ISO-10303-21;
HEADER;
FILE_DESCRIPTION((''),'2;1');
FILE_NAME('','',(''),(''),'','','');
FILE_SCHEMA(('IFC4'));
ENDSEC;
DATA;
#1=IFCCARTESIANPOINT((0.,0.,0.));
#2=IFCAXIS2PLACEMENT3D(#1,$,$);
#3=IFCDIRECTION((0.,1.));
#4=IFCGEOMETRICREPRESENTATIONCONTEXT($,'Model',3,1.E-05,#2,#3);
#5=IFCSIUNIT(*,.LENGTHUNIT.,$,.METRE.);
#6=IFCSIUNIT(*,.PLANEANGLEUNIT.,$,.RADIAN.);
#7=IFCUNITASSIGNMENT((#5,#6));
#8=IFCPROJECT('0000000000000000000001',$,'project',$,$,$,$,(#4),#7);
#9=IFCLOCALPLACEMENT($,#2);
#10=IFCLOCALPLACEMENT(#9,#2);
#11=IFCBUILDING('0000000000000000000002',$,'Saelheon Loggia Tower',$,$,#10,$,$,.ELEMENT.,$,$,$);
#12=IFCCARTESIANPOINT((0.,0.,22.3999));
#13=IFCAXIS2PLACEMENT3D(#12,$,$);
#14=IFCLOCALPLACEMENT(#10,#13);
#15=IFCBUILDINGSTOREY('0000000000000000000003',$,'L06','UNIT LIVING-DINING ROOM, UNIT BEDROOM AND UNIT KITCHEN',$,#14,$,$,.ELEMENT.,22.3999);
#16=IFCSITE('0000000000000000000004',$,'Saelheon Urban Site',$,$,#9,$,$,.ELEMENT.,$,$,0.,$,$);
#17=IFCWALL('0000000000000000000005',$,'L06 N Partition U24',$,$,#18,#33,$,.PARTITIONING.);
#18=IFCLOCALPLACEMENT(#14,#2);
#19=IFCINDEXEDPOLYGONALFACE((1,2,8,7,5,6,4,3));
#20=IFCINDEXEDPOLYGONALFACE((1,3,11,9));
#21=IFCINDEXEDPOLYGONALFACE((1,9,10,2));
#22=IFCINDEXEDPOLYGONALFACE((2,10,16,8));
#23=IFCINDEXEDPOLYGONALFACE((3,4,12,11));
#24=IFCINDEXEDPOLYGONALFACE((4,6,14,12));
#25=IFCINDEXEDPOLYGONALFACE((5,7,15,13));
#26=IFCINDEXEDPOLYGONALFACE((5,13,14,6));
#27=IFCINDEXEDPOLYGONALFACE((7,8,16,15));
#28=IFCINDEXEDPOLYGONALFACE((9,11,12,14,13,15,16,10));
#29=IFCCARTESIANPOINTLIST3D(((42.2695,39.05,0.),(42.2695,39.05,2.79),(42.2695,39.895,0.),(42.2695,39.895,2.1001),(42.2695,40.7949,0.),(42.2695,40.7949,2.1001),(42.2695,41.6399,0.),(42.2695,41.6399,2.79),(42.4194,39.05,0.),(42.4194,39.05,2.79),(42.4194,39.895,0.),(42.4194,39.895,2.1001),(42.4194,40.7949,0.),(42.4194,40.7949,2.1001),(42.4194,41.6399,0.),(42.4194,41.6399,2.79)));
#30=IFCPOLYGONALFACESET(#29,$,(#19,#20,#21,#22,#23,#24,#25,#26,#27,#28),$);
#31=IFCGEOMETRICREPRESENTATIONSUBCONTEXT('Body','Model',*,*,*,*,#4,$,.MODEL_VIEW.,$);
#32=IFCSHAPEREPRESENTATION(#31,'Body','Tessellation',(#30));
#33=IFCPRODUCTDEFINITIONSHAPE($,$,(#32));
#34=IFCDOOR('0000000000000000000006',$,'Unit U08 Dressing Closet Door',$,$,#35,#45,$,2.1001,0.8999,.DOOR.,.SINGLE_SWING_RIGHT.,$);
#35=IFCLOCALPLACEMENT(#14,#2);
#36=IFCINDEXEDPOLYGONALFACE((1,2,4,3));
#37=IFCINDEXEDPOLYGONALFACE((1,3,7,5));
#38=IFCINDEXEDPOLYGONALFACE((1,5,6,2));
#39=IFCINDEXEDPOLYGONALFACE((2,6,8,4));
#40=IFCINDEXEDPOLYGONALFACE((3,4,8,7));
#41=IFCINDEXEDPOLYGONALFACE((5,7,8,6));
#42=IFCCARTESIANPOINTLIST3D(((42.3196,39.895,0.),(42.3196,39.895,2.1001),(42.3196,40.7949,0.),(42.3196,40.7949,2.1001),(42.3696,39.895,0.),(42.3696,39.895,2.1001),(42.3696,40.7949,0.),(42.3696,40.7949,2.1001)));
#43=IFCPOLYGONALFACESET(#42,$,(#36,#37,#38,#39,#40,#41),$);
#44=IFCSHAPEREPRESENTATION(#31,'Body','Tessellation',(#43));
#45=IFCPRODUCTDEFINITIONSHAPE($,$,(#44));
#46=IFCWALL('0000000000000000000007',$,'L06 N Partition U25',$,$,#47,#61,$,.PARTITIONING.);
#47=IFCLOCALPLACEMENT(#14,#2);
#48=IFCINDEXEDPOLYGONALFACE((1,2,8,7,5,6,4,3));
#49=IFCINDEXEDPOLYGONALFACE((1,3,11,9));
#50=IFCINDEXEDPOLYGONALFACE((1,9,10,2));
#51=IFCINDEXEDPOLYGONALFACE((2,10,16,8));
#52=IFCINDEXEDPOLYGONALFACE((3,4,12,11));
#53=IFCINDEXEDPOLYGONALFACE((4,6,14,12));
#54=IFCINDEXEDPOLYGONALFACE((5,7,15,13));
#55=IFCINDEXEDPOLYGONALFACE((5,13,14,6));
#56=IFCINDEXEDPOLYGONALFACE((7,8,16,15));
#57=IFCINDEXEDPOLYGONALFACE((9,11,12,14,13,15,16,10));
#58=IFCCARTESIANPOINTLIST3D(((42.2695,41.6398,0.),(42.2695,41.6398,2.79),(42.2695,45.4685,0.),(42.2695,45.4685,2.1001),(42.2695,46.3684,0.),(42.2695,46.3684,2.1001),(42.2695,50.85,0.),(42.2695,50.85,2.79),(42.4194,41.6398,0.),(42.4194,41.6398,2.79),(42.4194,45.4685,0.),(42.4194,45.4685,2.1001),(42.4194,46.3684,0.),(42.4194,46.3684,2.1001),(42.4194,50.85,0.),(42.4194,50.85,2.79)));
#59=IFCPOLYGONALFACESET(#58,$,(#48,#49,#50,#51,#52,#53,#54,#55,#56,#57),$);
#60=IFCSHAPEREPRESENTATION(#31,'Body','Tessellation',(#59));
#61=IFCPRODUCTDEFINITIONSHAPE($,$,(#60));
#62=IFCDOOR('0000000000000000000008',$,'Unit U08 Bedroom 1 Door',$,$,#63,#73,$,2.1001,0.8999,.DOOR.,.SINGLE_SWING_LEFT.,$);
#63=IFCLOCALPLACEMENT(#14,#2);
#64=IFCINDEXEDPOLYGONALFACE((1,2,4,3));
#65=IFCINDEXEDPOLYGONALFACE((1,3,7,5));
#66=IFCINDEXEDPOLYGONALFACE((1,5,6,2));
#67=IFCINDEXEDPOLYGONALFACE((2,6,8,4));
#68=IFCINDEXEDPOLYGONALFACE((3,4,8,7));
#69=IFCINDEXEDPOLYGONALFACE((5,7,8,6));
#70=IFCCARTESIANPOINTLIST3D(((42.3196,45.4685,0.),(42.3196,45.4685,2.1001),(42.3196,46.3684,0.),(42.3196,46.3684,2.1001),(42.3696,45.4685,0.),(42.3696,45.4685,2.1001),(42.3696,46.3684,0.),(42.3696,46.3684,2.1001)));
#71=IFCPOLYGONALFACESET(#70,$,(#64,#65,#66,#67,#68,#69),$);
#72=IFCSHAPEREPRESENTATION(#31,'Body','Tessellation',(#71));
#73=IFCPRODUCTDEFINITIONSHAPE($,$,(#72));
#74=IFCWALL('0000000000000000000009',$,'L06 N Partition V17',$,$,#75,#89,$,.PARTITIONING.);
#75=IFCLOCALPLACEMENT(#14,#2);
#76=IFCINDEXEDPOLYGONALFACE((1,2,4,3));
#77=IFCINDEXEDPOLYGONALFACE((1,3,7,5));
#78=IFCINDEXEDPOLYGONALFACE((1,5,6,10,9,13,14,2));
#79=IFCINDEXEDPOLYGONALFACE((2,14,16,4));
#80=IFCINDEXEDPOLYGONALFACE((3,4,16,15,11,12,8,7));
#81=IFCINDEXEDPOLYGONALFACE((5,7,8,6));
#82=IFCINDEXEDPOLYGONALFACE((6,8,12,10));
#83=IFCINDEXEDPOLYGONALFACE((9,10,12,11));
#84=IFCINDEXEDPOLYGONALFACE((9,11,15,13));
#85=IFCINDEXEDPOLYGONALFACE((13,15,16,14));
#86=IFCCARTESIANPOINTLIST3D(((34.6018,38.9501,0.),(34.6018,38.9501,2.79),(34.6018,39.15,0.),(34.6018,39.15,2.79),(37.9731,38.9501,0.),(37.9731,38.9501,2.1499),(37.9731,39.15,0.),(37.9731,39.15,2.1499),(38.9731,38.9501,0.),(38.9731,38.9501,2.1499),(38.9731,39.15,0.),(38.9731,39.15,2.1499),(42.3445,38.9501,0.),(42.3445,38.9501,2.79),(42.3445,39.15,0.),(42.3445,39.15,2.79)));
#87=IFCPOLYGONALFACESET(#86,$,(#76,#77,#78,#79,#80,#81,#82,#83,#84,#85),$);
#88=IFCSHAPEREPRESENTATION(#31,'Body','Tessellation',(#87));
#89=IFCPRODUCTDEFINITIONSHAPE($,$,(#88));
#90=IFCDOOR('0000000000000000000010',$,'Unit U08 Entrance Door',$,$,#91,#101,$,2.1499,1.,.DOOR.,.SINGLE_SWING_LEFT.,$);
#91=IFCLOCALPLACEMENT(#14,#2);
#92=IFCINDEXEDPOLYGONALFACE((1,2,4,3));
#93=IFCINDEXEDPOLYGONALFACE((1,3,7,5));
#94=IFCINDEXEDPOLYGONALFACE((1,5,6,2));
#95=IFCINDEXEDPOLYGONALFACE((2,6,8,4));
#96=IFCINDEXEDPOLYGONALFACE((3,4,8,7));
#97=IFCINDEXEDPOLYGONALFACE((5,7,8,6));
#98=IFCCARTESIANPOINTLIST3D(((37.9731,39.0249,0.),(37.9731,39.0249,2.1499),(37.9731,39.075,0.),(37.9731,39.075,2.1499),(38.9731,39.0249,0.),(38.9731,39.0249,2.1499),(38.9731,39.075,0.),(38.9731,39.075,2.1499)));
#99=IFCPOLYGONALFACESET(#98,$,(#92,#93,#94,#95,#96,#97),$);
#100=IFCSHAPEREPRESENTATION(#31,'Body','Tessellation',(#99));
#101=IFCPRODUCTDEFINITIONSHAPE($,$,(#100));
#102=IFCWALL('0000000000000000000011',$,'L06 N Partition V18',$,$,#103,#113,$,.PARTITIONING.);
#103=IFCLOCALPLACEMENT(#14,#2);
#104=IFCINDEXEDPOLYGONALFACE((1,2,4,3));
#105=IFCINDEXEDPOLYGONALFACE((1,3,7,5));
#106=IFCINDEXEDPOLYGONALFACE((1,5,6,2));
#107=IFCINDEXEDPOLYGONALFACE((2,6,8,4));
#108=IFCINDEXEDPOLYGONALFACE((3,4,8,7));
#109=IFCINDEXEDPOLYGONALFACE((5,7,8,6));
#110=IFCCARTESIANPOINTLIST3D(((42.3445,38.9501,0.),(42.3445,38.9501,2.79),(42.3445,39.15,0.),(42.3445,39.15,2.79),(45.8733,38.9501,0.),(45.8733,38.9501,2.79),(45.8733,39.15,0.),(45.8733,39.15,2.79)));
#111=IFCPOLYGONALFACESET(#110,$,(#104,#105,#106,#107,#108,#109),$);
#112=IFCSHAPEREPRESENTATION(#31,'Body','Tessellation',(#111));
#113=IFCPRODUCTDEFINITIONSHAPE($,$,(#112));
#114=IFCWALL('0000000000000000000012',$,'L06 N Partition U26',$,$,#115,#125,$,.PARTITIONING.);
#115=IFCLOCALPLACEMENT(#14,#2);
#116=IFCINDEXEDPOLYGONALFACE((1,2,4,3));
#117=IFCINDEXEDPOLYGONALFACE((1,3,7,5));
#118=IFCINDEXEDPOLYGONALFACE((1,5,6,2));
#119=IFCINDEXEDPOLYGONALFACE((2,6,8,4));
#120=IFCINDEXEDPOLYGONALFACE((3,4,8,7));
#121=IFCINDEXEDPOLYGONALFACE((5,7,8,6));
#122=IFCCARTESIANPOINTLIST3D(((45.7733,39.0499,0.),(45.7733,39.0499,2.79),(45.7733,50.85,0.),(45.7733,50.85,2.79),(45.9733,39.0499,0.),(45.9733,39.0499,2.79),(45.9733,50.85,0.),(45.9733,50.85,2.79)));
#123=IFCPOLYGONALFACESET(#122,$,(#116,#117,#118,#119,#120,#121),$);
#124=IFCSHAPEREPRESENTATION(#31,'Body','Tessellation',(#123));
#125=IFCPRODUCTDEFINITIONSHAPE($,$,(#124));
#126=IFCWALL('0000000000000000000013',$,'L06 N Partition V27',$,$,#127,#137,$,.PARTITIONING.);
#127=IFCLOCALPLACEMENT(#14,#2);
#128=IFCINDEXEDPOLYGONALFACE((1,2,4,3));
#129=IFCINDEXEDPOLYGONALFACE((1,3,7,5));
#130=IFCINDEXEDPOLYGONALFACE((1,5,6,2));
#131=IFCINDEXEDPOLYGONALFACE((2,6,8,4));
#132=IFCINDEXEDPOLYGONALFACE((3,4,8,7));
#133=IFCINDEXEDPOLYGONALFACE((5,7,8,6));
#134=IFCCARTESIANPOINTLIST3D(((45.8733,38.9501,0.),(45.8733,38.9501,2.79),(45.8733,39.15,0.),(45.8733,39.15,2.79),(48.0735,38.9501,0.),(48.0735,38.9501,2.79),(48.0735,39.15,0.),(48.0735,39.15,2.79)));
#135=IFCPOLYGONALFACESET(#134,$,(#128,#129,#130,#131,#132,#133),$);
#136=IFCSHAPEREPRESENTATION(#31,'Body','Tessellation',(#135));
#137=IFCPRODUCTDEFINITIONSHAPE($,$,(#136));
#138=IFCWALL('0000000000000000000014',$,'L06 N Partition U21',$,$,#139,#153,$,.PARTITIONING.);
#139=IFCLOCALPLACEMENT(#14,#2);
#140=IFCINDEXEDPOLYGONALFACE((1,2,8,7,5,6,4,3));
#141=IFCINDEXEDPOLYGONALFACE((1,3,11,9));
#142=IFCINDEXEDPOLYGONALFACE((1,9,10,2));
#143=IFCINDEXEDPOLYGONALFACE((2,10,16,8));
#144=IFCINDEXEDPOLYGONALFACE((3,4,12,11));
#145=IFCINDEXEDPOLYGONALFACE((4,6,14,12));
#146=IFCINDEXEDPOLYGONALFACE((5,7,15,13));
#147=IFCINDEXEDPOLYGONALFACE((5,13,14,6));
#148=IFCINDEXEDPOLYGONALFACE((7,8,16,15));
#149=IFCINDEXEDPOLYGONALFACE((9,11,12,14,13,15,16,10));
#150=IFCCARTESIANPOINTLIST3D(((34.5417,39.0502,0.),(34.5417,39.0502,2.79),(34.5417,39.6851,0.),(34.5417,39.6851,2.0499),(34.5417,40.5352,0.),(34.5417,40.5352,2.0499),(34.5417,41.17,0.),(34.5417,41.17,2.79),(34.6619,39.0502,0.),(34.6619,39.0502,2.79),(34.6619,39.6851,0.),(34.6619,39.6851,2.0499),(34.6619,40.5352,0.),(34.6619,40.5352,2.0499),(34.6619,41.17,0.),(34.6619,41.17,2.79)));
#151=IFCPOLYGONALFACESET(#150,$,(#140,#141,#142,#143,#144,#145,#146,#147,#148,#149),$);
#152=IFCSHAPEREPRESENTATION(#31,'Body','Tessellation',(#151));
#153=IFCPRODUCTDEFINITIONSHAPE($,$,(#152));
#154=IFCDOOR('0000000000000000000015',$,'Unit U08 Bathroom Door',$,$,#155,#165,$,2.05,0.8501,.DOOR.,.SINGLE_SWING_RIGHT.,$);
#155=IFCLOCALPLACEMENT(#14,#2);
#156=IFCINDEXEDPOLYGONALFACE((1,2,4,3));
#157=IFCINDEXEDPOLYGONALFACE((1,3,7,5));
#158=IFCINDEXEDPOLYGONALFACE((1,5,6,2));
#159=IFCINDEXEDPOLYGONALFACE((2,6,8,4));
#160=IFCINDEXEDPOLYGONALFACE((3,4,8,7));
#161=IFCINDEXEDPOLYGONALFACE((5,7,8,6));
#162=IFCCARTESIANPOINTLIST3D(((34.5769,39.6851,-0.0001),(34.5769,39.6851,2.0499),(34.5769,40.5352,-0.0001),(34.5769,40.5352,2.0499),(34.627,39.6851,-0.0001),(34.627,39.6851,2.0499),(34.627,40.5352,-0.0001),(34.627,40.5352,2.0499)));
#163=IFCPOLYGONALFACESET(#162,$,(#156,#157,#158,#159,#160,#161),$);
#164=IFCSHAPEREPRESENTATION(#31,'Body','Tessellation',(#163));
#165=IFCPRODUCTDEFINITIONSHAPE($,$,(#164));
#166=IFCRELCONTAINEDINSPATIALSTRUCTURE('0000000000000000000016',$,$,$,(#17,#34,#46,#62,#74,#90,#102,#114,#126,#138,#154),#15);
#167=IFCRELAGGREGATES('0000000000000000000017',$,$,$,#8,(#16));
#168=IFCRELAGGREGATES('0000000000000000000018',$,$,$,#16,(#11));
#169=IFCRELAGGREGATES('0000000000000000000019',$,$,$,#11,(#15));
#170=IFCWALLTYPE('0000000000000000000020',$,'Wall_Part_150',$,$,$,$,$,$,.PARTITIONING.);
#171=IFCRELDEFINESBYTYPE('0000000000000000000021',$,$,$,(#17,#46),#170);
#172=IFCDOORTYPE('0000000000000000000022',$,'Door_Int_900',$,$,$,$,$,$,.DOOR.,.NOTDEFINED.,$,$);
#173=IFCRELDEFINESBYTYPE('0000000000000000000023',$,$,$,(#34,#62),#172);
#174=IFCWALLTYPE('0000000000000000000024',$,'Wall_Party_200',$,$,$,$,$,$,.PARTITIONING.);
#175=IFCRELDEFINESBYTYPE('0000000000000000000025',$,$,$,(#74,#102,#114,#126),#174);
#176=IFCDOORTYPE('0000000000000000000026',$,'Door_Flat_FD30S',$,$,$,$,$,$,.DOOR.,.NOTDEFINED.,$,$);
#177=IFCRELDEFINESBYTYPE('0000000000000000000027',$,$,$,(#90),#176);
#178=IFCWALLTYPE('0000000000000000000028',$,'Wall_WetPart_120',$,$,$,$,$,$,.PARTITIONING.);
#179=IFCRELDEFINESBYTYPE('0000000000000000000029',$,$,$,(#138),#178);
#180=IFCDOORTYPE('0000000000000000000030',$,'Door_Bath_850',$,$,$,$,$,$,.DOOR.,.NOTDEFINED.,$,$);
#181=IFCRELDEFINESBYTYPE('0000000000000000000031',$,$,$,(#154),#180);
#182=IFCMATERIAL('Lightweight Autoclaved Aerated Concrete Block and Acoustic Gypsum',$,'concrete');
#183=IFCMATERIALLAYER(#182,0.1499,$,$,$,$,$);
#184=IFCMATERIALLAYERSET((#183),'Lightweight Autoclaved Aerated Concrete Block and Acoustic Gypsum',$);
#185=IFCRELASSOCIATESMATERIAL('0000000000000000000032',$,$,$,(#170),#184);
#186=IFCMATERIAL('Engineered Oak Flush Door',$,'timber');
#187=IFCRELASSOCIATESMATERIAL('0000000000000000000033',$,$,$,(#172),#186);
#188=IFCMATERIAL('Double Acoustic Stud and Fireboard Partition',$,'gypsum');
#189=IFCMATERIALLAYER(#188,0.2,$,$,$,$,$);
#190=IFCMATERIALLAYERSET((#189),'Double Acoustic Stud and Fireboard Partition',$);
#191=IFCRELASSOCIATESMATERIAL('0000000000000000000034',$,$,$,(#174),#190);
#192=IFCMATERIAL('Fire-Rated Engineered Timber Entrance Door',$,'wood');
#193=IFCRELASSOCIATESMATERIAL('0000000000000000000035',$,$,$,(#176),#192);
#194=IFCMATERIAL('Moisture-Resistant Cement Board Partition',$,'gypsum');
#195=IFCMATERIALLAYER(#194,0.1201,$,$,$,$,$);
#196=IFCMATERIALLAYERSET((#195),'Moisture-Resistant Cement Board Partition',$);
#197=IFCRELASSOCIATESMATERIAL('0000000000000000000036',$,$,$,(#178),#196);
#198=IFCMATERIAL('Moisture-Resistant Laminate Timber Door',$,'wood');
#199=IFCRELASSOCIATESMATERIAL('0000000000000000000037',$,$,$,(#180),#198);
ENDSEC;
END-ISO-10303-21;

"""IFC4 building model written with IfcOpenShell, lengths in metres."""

from ifc_helpers import new_model, si_unit, direction, frame, frame_2d, origin, place, context, subcontext, project, spatial, rectangle, extrude, source, transform, mapped, material, layer, layer_set, type_object, element, fill, save


model = new_model("IFC4")

# Units and contexts
model_context = context("Model", 3, precision=1e-05, world=origin(), true_north=direction((0.0, 1.0)))
body_context = subcontext(model_context, "Body", "Model", "MODEL_VIEW")
ifc_project = project(units=[si_unit("LENGTHUNIT", "METRE"), si_unit("PLANEANGLEUNIT", "RADIAN")], contexts=[model_context])

# Site, building, storey
site_placement = place(None, origin())
site = spatial("IfcSite", under=ifc_project, at=site_placement, Name="Saelheon Urban Site", CompositionType="ELEMENT", RefElevation=0.0)
building_placement = place(site_placement, origin())
building = spatial("IfcBuilding", under=site, at=building_placement, Name="Saelheon Loggia Tower", CompositionType="ELEMENT")
storey_placement = place(building_placement, frame((0.0, 0.0, 22.3999)))
storey = spatial("IfcBuildingStorey", under=building, at=storey_placement, Name="L06", Description="UNIT LIVING-DINING ROOM, UNIT BEDROOM AND UNIT KITCHEN", CompositionType="ELEMENT", Elevation=22.3999)

# Shared definitions
ifc_material_1 = material(Name="Lightweight Autoclaved Aerated Concrete Block and Acoustic Gypsum", Category="concrete")
ifc_layer_1 = layer(ifc_material_1, 0.1499)
ifc_layer_set_1 = layer_set([ifc_layer_1], Name="Lightweight Autoclaved Aerated Concrete Block and Acoustic Gypsum")
wall_type_1 = type_object("IfcWallType", Name="Wall_Part_150", PredefinedType="PARTITIONING", material=ifc_layer_set_1)

# Walls, openings, doors
ifc_material_2 = material(Name="Engineered Oak Flush Door", Category="timber")
door_type_1 = type_object("IfcDoorType", Name="Door_Int_900", OperationType="NOTDEFINED", PredefinedType="DOOR", material=ifc_material_2)
shared_shape_1 = source(origin(), body_context, "Body", "SweptSolid", [
    extrude(rectangle(XDim=0.8999, YDim=2.1001, at=frame_2d((0.45, 1.05))), frame((0.0, 0.0249, 0.0), z_axis=(0.0, -1.0, 0.0), x_axis=(1.0, 0.0, 0.0)), (0.0, 0.0, 1.0), 0.05),
])
wall_1_placement = place(storey_placement, frame((42.3445, 39.05, 0.0), z_axis=(0.0, 0.0, 1.0), x_axis=(0.0, 1.0, 0.0)))
wall_1 = element("IfcWall", 1, at=wall_1_placement, inside=storey, type_object=wall_type_1, Name="L06 N Partition U24", PredefinedType="PARTITIONING", context=body_context, shape_type="SweptSolid", body=[
    extrude(rectangle(XDim=2.5898, YDim=0.1499, at=frame_2d((1.2949, 0.0))), origin(), (0.0, 0.0, 1.0), 2.79),
])
opening_1_placement = place(wall_1_placement, frame((0.845, 0.0, 0.0)))
opening_1 = element("IfcOpeningElement", 2, at=opening_1_placement, cuts=wall_1, PredefinedType="OPENING", context=body_context, shape_type="SweptSolid", body=[
    extrude(rectangle(XDim=0.8999, YDim=2.1001, at=frame_2d((0.45, 1.05))), frame((0.0, 0.0869, 0.0), z_axis=(0.0, -1.0, 0.0), x_axis=(1.0, 0.0, 0.0)), (0.0, 0.0, 1.0), 0.1738),
])
door_1_placement = place(opening_1_placement, origin())
door_1 = element("IfcDoor", 3, at=door_1_placement, inside=storey, type_object=door_type_1, Name="Unit U08 Dressing Closet Door", OperationType="SINGLE_SWING_RIGHT", OverallHeight=2.1001, OverallWidth=0.8999, PredefinedType="DOOR", context=body_context, shape_type="MappedRepresentation", body=[
    mapped(shared_shape_1, transform((0.0, 0.0, 0.0), scale=1.0)),
])
fill(opening_1, door_1)
wall_2_placement = place(storey_placement, frame((42.3445, 41.6399, 0.0), z_axis=(0.0, 0.0, 1.0), x_axis=(0.0, 1.0, 0.0)))
wall_2 = element("IfcWall", 4, at=wall_2_placement, inside=storey, type_object=wall_type_1, Name="L06 N Partition U25", PredefinedType="PARTITIONING", context=body_context, shape_type="SweptSolid", body=[
    extrude(rectangle(XDim=9.2102, YDim=0.1499, at=frame_2d((4.605, 0.0))), origin(), (0.0, 0.0, 1.0), 2.79),
])
opening_2_placement = place(wall_2_placement, frame((3.8286, 0.0, 0.0)))
opening_2 = element("IfcOpeningElement", 5, at=opening_2_placement, cuts=wall_2, PredefinedType="OPENING", context=body_context, shape_type="SweptSolid", body=[
    extrude(rectangle(XDim=0.8999, YDim=2.1001, at=frame_2d((0.45, 1.05))), frame((0.0, 0.0869, 0.0), z_axis=(0.0, -1.0, 0.0), x_axis=(1.0, 0.0, 0.0)), (0.0, 0.0, 1.0), 0.1738),
])
door_2_placement = place(opening_2_placement, origin())
door_2 = element("IfcDoor", 6, at=door_2_placement, inside=storey, type_object=door_type_1, Name="Unit U08 Bedroom 1 Door", OperationType="SINGLE_SWING_LEFT", OverallHeight=2.1001, OverallWidth=0.8999, PredefinedType="DOOR", context=body_context, shape_type="MappedRepresentation", body=[
    mapped(shared_shape_1, transform((0.0, 0.0, 0.0), scale=1.0)),
])
fill(opening_2, door_2)
ifc_material_3 = material(Name="Double Acoustic Stud and Fireboard Partition", Category="gypsum")
ifc_layer_2 = layer(ifc_material_3, 0.2)
ifc_layer_set_2 = layer_set([ifc_layer_2], Name="Double Acoustic Stud and Fireboard Partition")
wall_type_2 = type_object("IfcWallType", Name="Wall_Party_200", PredefinedType="PARTITIONING", material=ifc_layer_set_2)
wall_3_placement = place(storey_placement, frame((34.6018, 39.05, 0.0), z_axis=(0.0, 0.0, 1.0), x_axis=(1.0, 0.0, 0.0)))
wall_3 = element("IfcWall", 7, at=wall_3_placement, inside=storey, type_object=wall_type_2, Name="L06 N Partition V17", PredefinedType="PARTITIONING", context=body_context, shape_type="SweptSolid", body=[
    extrude(rectangle(XDim=7.7427, YDim=0.2, at=frame_2d((3.8713, 0.0))), origin(), (0.0, 0.0, 1.0), 2.79),
])
opening_3_placement = place(wall_3_placement, frame((3.3713, 0.0, 0.0)))
opening_3 = element("IfcOpeningElement", 8, at=opening_3_placement, cuts=wall_3, PredefinedType="OPENING", context=body_context, shape_type="SweptSolid", body=[
    extrude(rectangle(XDim=1.0, YDim=2.1499, at=frame_2d((0.5, 1.075))), frame((0.0, 0.1121, 0.0), z_axis=(0.0, -1.0, 0.0), x_axis=(1.0, 0.0, 0.0)), (0.0, 0.0, 1.0), 0.2239),
])
ifc_material_4 = material(Name="Fire-Rated Engineered Timber Entrance Door", Category="wood")
door_type_2 = type_object("IfcDoorType", Name="Door_Flat_FD30S", OperationType="NOTDEFINED", PredefinedType="DOOR", material=ifc_material_4)
shared_shape_2 = source(origin(), body_context, "Body", "SweptSolid", [
    extrude(rectangle(XDim=1.0, YDim=2.1499, at=frame_2d((0.5, 1.075))), frame((0.0, 0.0249, 0.0), z_axis=(0.0, -1.0, 0.0), x_axis=(1.0, 0.0, 0.0)), (0.0, 0.0, 1.0), 0.05),
])
door_3_placement = place(opening_3_placement, origin())
door_3 = element("IfcDoor", 9, at=door_3_placement, inside=storey, type_object=door_type_2, Name="Unit U08 Entrance Door", OperationType="SINGLE_SWING_LEFT", OverallHeight=2.1499, OverallWidth=1.0, PredefinedType="DOOR", context=body_context, shape_type="MappedRepresentation", body=[
    mapped(shared_shape_2, transform((0.0, 0.0, 0.0), scale=1.0)),
])
fill(opening_3, door_3)

# Walls
wall_4_placement = place(storey_placement, frame((42.3445, 39.05, 0.0), z_axis=(0.0, 0.0, 1.0), x_axis=(1.0, 0.0, 0.0)))
element("IfcWall", 10, at=wall_4_placement, inside=storey, type_object=wall_type_2, Name="L06 N Partition V18", PredefinedType="PARTITIONING", context=body_context, shape_type="SweptSolid", body=[
    extrude(rectangle(XDim=3.5288, YDim=0.2, at=frame_2d((1.7644, 0.0))), origin(), (0.0, 0.0, 1.0), 2.79),
])
wall_5_placement = place(storey_placement, frame((45.8733, 39.05, 0.0), z_axis=(0.0, 0.0, 1.0), x_axis=(0.0, 1.0, 0.0)))
element("IfcWall", 11, at=wall_5_placement, inside=storey, type_object=wall_type_2, Name="L06 N Partition U26", PredefinedType="PARTITIONING", context=body_context, shape_type="SweptSolid", body=[
    extrude(rectangle(XDim=11.8, YDim=0.2, at=frame_2d((5.8999, 0.0))), origin(), (0.0, 0.0, 1.0), 2.79),
])
wall_6_placement = place(storey_placement, frame((45.8733, 39.05, 0.0), z_axis=(0.0, 0.0, 1.0), x_axis=(1.0, 0.0, 0.0)))
element("IfcWall", 12, at=wall_6_placement, inside=storey, type_object=wall_type_2, Name="L06 N Partition V27", PredefinedType="PARTITIONING", context=body_context, shape_type="SweptSolid", body=[
    extrude(rectangle(XDim=2.2002, YDim=0.2, at=frame_2d((1.1001, 0.0))), origin(), (0.0, 0.0, 1.0), 2.79),
])

# Wall, opening, door
ifc_material_5 = material(Name="Moisture-Resistant Cement Board Partition", Category="gypsum")
ifc_layer_3 = layer(ifc_material_5, 0.1201)
ifc_layer_set_3 = layer_set([ifc_layer_3], Name="Moisture-Resistant Cement Board Partition")
wall_type_3 = type_object("IfcWallType", Name="Wall_WetPart_120", PredefinedType="PARTITIONING", material=ifc_layer_set_3)
wall_7_placement = place(storey_placement, frame((34.6018, 39.05, 0.0), z_axis=(0.0, 0.0, 1.0), x_axis=(0.0, 1.0, 0.0)))
wall_7 = element("IfcWall", 13, at=wall_7_placement, inside=storey, type_object=wall_type_3, Name="L06 N Partition U21", PredefinedType="PARTITIONING", context=body_context, shape_type="SweptSolid", body=[
    extrude(rectangle(XDim=2.1199, YDim=0.1201, at=frame_2d((1.0601, 0.0))), origin(), (0.0, 0.0, 1.0), 2.79),
])
opening_4_placement = place(wall_7_placement, frame((0.635, 0.0, 0.0)))
opening_4 = element("IfcOpeningElement", 14, at=opening_4_placement, cuts=wall_7, PredefinedType="OPENING", context=body_context, shape_type="SweptSolid", body=[
    extrude(rectangle(XDim=0.8501, YDim=2.05, at=frame_2d((0.425, 1.0249))), frame((0.0, 0.072, 0.0), z_axis=(0.0, -1.0, 0.0), x_axis=(1.0, 0.0, 0.0)), (0.0, 0.0, 1.0), 0.144),
])
ifc_material_6 = material(Name="Moisture-Resistant Laminate Timber Door", Category="wood")
door_type_3 = type_object("IfcDoorType", Name="Door_Bath_850", OperationType="NOTDEFINED", PredefinedType="DOOR", material=ifc_material_6)
shared_shape_3 = source(origin(), body_context, "Body", "SweptSolid", [
    extrude(rectangle(XDim=0.8501, YDim=2.05, at=frame_2d((0.425, 1.0249))), frame((0.0, 0.0249, 0.0), z_axis=(0.0, -1.0, 0.0), x_axis=(1.0, 0.0, 0.0)), (0.0, 0.0, 1.0), 0.05),
])
door_4_placement = place(opening_4_placement, origin())
door_4 = element("IfcDoor", 15, at=door_4_placement, inside=storey, type_object=door_type_3, Name="Unit U08 Bathroom Door", OperationType="SINGLE_SWING_RIGHT", OverallHeight=2.05, OverallWidth=0.8501, PredefinedType="DOOR", context=body_context, shape_type="MappedRepresentation", body=[
    mapped(shared_shape_3, transform((0.0, 0.0, 0.0), scale=1.0)),
])
fill(opening_4, door_4)

save(model, "model.ifc")
